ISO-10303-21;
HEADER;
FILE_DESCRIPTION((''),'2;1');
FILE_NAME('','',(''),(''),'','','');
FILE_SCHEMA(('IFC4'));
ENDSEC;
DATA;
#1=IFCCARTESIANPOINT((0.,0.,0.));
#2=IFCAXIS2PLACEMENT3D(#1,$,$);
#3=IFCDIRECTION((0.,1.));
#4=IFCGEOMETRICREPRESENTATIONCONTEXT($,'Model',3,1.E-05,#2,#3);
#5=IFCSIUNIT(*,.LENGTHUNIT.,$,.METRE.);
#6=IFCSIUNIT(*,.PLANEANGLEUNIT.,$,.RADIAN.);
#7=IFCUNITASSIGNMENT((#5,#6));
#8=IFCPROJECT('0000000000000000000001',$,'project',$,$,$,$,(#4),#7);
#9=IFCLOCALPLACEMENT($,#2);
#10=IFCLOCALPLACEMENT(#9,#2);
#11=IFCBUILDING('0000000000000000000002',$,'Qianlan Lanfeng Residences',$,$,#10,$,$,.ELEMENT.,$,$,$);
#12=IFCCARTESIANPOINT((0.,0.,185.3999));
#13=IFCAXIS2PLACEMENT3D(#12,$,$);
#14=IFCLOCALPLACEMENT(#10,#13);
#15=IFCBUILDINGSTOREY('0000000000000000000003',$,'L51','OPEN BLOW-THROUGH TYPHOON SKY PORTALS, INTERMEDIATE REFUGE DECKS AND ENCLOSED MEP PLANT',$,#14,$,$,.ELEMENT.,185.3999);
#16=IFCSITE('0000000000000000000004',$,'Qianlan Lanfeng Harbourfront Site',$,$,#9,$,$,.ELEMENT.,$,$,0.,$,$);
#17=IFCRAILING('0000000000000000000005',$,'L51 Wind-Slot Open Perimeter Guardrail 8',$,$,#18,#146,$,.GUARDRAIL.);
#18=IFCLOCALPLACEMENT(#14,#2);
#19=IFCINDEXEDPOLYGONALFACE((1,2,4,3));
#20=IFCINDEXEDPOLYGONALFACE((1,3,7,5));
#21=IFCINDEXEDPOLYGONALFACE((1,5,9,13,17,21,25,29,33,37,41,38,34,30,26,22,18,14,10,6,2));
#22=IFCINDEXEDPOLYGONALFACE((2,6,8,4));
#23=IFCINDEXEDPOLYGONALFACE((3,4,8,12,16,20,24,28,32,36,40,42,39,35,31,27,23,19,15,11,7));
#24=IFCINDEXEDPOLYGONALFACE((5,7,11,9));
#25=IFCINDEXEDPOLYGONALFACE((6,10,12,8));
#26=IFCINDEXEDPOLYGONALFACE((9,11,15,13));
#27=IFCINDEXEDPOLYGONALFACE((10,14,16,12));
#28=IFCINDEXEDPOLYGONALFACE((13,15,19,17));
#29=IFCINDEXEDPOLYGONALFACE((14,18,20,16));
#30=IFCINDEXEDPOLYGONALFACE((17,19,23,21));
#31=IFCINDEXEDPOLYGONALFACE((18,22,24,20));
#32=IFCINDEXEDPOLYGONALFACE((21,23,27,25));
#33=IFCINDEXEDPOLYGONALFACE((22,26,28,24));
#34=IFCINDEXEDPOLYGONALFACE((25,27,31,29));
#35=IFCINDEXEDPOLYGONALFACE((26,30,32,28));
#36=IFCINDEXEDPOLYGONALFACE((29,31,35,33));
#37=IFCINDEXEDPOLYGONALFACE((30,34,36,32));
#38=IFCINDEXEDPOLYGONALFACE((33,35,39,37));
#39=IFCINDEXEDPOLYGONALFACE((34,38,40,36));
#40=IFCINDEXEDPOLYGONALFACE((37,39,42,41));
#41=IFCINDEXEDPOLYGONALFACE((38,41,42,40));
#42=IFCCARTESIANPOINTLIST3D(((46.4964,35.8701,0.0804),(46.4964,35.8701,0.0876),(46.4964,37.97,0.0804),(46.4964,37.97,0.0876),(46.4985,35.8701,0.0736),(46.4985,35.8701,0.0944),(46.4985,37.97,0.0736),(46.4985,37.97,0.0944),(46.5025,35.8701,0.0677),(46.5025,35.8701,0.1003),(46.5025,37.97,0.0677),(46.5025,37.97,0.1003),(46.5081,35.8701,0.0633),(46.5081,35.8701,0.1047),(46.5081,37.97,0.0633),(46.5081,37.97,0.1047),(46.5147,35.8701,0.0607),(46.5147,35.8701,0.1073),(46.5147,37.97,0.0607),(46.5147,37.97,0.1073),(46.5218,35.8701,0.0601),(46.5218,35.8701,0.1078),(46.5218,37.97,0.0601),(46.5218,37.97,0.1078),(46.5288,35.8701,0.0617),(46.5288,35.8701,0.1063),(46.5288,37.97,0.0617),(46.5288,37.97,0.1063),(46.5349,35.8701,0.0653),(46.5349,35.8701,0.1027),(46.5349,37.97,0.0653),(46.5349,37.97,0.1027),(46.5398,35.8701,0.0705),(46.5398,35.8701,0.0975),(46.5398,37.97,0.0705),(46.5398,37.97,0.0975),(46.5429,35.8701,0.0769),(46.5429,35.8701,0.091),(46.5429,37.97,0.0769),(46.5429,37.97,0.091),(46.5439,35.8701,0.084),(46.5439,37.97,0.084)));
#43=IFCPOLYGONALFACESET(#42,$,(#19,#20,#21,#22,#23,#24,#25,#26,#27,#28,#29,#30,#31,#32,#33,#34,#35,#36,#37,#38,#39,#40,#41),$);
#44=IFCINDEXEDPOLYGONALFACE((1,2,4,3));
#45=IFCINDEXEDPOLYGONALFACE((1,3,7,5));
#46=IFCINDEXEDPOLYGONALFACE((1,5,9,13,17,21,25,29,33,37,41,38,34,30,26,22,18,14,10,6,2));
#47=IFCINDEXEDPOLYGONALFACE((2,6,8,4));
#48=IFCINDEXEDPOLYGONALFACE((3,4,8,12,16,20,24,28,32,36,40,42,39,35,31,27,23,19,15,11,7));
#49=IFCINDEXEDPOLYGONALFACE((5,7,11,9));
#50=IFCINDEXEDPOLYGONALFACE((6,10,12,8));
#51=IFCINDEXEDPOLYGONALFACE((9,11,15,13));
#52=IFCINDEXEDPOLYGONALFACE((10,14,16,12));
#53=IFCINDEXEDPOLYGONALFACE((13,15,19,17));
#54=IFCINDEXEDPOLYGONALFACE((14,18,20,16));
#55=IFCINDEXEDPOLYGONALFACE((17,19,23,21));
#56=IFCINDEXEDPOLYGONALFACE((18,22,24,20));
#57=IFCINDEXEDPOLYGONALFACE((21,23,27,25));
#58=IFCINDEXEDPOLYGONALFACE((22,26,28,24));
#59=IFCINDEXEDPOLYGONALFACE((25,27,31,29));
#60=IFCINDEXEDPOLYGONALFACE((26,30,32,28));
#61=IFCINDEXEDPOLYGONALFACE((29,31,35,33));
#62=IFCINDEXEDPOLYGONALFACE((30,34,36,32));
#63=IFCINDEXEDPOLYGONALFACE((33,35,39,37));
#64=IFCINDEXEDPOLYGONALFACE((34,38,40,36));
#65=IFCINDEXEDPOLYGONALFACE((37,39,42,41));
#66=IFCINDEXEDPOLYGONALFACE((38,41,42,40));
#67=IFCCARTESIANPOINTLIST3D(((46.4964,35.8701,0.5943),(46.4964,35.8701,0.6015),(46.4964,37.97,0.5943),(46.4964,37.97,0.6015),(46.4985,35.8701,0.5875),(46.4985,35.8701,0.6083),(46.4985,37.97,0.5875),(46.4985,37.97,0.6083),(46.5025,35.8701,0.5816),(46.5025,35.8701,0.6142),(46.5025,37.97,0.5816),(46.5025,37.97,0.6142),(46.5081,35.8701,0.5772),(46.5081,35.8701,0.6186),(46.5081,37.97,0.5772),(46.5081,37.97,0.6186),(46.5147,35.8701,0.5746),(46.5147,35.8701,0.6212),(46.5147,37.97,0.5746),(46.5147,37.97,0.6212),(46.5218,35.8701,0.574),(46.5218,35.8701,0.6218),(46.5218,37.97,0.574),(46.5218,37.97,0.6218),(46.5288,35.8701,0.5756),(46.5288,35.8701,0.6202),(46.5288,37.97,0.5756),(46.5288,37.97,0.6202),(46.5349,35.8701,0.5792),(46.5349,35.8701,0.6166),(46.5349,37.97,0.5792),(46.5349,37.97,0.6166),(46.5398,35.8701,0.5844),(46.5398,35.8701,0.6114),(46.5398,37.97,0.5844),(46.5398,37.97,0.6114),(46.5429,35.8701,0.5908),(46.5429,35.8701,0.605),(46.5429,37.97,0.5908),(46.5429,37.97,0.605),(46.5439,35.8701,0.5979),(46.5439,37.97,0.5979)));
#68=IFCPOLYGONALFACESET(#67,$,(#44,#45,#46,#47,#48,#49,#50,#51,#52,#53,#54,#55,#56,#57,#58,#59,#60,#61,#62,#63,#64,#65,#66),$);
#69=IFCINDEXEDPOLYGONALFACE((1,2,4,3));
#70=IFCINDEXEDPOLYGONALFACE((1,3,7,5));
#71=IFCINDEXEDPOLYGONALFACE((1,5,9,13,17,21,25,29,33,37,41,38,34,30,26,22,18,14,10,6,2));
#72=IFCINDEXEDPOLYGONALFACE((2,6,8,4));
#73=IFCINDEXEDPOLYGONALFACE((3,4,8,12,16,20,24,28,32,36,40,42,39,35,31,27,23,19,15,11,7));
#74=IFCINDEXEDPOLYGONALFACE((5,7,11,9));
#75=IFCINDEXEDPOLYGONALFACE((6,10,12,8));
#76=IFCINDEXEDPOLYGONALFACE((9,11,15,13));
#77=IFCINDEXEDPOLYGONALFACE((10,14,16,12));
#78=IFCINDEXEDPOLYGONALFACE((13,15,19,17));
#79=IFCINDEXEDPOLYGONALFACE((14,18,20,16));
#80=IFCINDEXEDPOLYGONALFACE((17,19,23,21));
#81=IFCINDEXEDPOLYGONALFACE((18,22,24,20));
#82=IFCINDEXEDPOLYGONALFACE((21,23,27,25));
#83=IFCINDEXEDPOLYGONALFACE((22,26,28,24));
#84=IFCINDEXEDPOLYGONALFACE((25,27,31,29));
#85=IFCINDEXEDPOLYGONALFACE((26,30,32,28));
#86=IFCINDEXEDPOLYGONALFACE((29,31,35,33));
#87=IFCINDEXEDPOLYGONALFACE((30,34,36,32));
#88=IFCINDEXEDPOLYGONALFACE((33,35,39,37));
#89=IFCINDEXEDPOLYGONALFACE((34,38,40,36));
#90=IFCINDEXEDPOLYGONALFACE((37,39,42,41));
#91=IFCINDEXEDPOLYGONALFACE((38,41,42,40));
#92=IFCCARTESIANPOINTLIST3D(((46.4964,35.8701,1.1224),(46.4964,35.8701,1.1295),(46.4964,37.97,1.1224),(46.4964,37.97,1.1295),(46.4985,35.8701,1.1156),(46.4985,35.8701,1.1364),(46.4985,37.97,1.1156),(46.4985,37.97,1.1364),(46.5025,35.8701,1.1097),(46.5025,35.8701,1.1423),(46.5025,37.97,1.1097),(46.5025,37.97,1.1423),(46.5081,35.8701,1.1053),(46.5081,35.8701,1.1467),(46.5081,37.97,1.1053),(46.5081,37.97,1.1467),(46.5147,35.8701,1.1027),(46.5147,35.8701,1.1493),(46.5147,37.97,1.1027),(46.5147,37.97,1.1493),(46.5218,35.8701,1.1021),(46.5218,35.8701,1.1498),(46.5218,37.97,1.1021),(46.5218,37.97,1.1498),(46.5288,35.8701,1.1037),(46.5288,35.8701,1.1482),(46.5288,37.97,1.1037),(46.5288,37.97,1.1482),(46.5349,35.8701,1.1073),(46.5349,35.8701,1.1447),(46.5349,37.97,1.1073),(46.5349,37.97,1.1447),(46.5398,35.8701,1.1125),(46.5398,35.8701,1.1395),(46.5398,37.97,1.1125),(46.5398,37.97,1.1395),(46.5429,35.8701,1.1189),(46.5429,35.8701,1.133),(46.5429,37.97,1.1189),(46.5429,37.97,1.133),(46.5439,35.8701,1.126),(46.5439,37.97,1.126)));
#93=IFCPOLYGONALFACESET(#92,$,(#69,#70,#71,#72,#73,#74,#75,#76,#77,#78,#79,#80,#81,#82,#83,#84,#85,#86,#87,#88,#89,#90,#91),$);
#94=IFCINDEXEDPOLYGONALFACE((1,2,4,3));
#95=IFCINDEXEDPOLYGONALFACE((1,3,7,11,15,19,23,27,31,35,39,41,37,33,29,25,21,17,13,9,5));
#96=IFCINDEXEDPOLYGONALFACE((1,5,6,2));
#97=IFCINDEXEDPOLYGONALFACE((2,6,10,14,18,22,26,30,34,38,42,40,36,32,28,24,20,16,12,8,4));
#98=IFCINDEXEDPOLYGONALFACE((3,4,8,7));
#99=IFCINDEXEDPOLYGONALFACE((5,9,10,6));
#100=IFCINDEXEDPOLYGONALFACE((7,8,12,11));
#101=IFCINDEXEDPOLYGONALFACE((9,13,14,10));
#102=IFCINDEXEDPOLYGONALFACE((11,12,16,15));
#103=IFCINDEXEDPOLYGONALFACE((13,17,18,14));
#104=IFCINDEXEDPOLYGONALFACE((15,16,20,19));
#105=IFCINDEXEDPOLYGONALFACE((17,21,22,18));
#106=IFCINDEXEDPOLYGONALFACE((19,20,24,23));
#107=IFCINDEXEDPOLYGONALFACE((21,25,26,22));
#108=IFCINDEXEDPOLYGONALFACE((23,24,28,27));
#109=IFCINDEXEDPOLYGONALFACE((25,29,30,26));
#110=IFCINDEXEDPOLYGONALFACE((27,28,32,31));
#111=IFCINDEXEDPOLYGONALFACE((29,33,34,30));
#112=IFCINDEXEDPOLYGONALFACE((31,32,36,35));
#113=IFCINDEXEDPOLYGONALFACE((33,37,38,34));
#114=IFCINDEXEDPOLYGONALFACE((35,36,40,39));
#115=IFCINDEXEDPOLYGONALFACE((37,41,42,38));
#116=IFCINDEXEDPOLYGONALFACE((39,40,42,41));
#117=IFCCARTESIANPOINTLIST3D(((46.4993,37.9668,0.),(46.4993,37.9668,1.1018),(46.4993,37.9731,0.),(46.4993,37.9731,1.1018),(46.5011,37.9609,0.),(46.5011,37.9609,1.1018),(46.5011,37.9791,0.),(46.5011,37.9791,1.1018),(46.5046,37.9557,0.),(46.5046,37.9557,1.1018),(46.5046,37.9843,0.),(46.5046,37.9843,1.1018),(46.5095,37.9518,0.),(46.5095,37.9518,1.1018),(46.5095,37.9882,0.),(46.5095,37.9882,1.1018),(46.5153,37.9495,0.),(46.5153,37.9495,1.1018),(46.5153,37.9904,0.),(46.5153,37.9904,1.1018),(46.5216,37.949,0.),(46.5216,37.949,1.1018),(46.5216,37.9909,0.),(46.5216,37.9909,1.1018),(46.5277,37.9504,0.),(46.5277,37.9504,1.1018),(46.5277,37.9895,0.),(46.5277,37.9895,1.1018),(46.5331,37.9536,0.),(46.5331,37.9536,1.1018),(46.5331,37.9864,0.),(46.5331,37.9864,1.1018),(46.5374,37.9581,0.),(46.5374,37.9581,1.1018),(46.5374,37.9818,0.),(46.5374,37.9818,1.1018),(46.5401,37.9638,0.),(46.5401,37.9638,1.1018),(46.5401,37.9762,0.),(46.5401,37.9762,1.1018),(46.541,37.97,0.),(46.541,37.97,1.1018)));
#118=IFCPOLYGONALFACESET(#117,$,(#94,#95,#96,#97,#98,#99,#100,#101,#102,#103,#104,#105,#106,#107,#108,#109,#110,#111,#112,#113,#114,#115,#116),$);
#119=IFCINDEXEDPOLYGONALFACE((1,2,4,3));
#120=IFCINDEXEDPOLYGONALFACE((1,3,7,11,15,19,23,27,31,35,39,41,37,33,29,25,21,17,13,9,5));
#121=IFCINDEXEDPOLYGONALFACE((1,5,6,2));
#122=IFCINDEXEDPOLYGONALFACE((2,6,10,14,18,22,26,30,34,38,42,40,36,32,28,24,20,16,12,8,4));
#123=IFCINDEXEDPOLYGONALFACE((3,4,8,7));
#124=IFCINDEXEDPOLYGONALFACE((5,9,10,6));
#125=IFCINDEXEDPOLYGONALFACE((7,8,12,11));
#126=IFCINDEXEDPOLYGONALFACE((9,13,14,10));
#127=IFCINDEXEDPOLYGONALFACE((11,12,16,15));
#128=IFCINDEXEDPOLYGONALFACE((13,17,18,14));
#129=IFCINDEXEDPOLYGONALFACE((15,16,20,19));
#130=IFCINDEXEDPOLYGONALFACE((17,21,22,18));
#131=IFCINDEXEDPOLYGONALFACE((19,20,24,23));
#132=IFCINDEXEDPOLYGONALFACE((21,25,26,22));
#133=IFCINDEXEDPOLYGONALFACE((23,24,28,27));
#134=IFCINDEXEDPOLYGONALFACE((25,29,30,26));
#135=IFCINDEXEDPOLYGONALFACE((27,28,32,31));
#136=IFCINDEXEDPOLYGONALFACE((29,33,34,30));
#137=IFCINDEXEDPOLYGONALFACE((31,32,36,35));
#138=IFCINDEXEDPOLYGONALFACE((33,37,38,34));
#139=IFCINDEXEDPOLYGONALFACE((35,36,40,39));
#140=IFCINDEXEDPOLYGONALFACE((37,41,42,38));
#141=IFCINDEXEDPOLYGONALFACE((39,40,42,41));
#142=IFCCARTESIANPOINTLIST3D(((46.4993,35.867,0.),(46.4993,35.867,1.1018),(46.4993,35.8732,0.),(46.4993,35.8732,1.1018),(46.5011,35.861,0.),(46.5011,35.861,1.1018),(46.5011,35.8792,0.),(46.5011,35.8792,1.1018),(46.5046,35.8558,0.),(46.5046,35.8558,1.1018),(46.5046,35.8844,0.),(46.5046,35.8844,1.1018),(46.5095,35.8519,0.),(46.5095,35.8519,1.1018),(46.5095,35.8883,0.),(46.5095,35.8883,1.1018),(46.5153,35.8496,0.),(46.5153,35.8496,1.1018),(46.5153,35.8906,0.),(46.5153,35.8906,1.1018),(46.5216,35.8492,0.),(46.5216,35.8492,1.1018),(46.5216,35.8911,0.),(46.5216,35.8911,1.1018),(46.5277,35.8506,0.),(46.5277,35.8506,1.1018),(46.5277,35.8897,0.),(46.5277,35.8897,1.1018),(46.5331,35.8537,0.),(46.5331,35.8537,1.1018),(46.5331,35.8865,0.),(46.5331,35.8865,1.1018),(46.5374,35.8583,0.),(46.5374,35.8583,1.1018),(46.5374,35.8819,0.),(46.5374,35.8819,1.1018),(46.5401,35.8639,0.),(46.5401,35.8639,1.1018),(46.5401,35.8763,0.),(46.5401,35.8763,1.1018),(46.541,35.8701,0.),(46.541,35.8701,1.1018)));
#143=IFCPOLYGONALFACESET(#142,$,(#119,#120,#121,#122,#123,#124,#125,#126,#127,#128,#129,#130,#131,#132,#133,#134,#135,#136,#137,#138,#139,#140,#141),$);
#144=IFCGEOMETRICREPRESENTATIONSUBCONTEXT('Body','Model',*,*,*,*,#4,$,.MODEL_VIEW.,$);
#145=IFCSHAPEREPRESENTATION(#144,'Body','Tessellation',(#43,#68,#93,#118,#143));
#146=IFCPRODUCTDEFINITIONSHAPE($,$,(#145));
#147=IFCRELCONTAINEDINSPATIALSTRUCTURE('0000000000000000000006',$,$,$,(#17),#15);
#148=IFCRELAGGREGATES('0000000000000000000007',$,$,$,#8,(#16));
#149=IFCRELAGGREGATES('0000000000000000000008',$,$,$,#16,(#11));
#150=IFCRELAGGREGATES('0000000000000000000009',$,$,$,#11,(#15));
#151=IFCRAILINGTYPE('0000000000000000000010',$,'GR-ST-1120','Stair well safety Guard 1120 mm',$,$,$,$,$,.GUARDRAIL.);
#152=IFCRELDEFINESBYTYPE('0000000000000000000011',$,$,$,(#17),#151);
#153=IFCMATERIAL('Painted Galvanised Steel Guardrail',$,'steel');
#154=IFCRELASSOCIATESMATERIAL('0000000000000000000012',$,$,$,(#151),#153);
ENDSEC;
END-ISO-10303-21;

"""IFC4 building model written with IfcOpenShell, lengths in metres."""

from ifc_helpers import new_model, si_unit, direction, frame, origin, origin_2d, place, context, subcontext, project, spatial, circle, extrude, material, type_object, element, save


model = new_model("IFC4")

# Units and contexts
model_context = context("Model", 3, precision=1e-05, world=origin(), true_north=direction((0.0, 1.0)))
body_context = subcontext(model_context, "Body", "Model", "MODEL_VIEW")
ifc_project = project(units=[si_unit("LENGTHUNIT", "METRE"), si_unit("PLANEANGLEUNIT", "RADIAN")], contexts=[model_context])

# Site, building, storey
site_placement = place(None, origin())
site = spatial("IfcSite", under=ifc_project, at=site_placement, Name="Qianlan Lanfeng Harbourfront Site", CompositionType="ELEMENT", RefElevation=0.0)
building_placement = place(site_placement, origin())
building = spatial("IfcBuilding", under=site, at=building_placement, Name="Qianlan Lanfeng Residences", CompositionType="ELEMENT")
storey_placement = place(building_placement, frame((0.0, 0.0, 185.3999)))
storey = spatial("IfcBuildingStorey", under=building, at=storey_placement, Name="L51", Description="OPEN BLOW-THROUGH TYPHOON SKY PORTALS, INTERMEDIATE REFUGE DECKS AND ENCLOSED MEP PLANT", CompositionType="ELEMENT", Elevation=185.3999)

# Railing
ifc_material_1 = material(Name="Painted Galvanised Steel Guardrail", Category="steel")
railing_type_1 = type_object("IfcRailingType", Name="GR-ST-1120", Description="Stair well safety Guard 1120 mm", PredefinedType="GUARDRAIL", material=ifc_material_1)
railing_1_placement = place(storey_placement, frame((46.52, 37.97, 0.0)))
element("IfcRailing", 1, at=railing_1_placement, inside=storey, type_object=railing_type_1, Name="L51 Wind-Slot Open Perimeter Guardrail 8", PredefinedType="GUARDRAIL", context=body_context, shape_type="SweptSolid", body=[
    extrude(circle(Radius=0.0239, at=origin_2d()), frame((0.0, 0.0, 0.084), z_axis=(0.0, -1.0, 0.0), x_axis=(1.0, 0.0, 0.0)), (0.0, 0.0, 1.0), 2.0999),
    extrude(circle(Radius=0.0239, at=origin_2d()), frame((0.0, 0.0, 0.5979), z_axis=(0.0, -1.0, 0.0), x_axis=(1.0, 0.0, 0.0)), (0.0, 0.0, 1.0), 2.0999),
    extrude(circle(Radius=0.0239, at=origin_2d()), frame((0.0, 0.0, 1.126), z_axis=(0.0, -1.0, 0.0), x_axis=(1.0, 0.0, 0.0)), (0.0, 0.0, 1.0), 2.0999),
    extrude(circle(Radius=0.021, at=origin_2d()), origin(), (0.0, 0.0, 1.0), 1.1018),
    extrude(circle(Radius=0.021, at=origin_2d()), frame((0.0, -2.0999, 0.0)), (0.0, 0.0, 1.0), 1.1018),
])

save(model, "model.ifc")
